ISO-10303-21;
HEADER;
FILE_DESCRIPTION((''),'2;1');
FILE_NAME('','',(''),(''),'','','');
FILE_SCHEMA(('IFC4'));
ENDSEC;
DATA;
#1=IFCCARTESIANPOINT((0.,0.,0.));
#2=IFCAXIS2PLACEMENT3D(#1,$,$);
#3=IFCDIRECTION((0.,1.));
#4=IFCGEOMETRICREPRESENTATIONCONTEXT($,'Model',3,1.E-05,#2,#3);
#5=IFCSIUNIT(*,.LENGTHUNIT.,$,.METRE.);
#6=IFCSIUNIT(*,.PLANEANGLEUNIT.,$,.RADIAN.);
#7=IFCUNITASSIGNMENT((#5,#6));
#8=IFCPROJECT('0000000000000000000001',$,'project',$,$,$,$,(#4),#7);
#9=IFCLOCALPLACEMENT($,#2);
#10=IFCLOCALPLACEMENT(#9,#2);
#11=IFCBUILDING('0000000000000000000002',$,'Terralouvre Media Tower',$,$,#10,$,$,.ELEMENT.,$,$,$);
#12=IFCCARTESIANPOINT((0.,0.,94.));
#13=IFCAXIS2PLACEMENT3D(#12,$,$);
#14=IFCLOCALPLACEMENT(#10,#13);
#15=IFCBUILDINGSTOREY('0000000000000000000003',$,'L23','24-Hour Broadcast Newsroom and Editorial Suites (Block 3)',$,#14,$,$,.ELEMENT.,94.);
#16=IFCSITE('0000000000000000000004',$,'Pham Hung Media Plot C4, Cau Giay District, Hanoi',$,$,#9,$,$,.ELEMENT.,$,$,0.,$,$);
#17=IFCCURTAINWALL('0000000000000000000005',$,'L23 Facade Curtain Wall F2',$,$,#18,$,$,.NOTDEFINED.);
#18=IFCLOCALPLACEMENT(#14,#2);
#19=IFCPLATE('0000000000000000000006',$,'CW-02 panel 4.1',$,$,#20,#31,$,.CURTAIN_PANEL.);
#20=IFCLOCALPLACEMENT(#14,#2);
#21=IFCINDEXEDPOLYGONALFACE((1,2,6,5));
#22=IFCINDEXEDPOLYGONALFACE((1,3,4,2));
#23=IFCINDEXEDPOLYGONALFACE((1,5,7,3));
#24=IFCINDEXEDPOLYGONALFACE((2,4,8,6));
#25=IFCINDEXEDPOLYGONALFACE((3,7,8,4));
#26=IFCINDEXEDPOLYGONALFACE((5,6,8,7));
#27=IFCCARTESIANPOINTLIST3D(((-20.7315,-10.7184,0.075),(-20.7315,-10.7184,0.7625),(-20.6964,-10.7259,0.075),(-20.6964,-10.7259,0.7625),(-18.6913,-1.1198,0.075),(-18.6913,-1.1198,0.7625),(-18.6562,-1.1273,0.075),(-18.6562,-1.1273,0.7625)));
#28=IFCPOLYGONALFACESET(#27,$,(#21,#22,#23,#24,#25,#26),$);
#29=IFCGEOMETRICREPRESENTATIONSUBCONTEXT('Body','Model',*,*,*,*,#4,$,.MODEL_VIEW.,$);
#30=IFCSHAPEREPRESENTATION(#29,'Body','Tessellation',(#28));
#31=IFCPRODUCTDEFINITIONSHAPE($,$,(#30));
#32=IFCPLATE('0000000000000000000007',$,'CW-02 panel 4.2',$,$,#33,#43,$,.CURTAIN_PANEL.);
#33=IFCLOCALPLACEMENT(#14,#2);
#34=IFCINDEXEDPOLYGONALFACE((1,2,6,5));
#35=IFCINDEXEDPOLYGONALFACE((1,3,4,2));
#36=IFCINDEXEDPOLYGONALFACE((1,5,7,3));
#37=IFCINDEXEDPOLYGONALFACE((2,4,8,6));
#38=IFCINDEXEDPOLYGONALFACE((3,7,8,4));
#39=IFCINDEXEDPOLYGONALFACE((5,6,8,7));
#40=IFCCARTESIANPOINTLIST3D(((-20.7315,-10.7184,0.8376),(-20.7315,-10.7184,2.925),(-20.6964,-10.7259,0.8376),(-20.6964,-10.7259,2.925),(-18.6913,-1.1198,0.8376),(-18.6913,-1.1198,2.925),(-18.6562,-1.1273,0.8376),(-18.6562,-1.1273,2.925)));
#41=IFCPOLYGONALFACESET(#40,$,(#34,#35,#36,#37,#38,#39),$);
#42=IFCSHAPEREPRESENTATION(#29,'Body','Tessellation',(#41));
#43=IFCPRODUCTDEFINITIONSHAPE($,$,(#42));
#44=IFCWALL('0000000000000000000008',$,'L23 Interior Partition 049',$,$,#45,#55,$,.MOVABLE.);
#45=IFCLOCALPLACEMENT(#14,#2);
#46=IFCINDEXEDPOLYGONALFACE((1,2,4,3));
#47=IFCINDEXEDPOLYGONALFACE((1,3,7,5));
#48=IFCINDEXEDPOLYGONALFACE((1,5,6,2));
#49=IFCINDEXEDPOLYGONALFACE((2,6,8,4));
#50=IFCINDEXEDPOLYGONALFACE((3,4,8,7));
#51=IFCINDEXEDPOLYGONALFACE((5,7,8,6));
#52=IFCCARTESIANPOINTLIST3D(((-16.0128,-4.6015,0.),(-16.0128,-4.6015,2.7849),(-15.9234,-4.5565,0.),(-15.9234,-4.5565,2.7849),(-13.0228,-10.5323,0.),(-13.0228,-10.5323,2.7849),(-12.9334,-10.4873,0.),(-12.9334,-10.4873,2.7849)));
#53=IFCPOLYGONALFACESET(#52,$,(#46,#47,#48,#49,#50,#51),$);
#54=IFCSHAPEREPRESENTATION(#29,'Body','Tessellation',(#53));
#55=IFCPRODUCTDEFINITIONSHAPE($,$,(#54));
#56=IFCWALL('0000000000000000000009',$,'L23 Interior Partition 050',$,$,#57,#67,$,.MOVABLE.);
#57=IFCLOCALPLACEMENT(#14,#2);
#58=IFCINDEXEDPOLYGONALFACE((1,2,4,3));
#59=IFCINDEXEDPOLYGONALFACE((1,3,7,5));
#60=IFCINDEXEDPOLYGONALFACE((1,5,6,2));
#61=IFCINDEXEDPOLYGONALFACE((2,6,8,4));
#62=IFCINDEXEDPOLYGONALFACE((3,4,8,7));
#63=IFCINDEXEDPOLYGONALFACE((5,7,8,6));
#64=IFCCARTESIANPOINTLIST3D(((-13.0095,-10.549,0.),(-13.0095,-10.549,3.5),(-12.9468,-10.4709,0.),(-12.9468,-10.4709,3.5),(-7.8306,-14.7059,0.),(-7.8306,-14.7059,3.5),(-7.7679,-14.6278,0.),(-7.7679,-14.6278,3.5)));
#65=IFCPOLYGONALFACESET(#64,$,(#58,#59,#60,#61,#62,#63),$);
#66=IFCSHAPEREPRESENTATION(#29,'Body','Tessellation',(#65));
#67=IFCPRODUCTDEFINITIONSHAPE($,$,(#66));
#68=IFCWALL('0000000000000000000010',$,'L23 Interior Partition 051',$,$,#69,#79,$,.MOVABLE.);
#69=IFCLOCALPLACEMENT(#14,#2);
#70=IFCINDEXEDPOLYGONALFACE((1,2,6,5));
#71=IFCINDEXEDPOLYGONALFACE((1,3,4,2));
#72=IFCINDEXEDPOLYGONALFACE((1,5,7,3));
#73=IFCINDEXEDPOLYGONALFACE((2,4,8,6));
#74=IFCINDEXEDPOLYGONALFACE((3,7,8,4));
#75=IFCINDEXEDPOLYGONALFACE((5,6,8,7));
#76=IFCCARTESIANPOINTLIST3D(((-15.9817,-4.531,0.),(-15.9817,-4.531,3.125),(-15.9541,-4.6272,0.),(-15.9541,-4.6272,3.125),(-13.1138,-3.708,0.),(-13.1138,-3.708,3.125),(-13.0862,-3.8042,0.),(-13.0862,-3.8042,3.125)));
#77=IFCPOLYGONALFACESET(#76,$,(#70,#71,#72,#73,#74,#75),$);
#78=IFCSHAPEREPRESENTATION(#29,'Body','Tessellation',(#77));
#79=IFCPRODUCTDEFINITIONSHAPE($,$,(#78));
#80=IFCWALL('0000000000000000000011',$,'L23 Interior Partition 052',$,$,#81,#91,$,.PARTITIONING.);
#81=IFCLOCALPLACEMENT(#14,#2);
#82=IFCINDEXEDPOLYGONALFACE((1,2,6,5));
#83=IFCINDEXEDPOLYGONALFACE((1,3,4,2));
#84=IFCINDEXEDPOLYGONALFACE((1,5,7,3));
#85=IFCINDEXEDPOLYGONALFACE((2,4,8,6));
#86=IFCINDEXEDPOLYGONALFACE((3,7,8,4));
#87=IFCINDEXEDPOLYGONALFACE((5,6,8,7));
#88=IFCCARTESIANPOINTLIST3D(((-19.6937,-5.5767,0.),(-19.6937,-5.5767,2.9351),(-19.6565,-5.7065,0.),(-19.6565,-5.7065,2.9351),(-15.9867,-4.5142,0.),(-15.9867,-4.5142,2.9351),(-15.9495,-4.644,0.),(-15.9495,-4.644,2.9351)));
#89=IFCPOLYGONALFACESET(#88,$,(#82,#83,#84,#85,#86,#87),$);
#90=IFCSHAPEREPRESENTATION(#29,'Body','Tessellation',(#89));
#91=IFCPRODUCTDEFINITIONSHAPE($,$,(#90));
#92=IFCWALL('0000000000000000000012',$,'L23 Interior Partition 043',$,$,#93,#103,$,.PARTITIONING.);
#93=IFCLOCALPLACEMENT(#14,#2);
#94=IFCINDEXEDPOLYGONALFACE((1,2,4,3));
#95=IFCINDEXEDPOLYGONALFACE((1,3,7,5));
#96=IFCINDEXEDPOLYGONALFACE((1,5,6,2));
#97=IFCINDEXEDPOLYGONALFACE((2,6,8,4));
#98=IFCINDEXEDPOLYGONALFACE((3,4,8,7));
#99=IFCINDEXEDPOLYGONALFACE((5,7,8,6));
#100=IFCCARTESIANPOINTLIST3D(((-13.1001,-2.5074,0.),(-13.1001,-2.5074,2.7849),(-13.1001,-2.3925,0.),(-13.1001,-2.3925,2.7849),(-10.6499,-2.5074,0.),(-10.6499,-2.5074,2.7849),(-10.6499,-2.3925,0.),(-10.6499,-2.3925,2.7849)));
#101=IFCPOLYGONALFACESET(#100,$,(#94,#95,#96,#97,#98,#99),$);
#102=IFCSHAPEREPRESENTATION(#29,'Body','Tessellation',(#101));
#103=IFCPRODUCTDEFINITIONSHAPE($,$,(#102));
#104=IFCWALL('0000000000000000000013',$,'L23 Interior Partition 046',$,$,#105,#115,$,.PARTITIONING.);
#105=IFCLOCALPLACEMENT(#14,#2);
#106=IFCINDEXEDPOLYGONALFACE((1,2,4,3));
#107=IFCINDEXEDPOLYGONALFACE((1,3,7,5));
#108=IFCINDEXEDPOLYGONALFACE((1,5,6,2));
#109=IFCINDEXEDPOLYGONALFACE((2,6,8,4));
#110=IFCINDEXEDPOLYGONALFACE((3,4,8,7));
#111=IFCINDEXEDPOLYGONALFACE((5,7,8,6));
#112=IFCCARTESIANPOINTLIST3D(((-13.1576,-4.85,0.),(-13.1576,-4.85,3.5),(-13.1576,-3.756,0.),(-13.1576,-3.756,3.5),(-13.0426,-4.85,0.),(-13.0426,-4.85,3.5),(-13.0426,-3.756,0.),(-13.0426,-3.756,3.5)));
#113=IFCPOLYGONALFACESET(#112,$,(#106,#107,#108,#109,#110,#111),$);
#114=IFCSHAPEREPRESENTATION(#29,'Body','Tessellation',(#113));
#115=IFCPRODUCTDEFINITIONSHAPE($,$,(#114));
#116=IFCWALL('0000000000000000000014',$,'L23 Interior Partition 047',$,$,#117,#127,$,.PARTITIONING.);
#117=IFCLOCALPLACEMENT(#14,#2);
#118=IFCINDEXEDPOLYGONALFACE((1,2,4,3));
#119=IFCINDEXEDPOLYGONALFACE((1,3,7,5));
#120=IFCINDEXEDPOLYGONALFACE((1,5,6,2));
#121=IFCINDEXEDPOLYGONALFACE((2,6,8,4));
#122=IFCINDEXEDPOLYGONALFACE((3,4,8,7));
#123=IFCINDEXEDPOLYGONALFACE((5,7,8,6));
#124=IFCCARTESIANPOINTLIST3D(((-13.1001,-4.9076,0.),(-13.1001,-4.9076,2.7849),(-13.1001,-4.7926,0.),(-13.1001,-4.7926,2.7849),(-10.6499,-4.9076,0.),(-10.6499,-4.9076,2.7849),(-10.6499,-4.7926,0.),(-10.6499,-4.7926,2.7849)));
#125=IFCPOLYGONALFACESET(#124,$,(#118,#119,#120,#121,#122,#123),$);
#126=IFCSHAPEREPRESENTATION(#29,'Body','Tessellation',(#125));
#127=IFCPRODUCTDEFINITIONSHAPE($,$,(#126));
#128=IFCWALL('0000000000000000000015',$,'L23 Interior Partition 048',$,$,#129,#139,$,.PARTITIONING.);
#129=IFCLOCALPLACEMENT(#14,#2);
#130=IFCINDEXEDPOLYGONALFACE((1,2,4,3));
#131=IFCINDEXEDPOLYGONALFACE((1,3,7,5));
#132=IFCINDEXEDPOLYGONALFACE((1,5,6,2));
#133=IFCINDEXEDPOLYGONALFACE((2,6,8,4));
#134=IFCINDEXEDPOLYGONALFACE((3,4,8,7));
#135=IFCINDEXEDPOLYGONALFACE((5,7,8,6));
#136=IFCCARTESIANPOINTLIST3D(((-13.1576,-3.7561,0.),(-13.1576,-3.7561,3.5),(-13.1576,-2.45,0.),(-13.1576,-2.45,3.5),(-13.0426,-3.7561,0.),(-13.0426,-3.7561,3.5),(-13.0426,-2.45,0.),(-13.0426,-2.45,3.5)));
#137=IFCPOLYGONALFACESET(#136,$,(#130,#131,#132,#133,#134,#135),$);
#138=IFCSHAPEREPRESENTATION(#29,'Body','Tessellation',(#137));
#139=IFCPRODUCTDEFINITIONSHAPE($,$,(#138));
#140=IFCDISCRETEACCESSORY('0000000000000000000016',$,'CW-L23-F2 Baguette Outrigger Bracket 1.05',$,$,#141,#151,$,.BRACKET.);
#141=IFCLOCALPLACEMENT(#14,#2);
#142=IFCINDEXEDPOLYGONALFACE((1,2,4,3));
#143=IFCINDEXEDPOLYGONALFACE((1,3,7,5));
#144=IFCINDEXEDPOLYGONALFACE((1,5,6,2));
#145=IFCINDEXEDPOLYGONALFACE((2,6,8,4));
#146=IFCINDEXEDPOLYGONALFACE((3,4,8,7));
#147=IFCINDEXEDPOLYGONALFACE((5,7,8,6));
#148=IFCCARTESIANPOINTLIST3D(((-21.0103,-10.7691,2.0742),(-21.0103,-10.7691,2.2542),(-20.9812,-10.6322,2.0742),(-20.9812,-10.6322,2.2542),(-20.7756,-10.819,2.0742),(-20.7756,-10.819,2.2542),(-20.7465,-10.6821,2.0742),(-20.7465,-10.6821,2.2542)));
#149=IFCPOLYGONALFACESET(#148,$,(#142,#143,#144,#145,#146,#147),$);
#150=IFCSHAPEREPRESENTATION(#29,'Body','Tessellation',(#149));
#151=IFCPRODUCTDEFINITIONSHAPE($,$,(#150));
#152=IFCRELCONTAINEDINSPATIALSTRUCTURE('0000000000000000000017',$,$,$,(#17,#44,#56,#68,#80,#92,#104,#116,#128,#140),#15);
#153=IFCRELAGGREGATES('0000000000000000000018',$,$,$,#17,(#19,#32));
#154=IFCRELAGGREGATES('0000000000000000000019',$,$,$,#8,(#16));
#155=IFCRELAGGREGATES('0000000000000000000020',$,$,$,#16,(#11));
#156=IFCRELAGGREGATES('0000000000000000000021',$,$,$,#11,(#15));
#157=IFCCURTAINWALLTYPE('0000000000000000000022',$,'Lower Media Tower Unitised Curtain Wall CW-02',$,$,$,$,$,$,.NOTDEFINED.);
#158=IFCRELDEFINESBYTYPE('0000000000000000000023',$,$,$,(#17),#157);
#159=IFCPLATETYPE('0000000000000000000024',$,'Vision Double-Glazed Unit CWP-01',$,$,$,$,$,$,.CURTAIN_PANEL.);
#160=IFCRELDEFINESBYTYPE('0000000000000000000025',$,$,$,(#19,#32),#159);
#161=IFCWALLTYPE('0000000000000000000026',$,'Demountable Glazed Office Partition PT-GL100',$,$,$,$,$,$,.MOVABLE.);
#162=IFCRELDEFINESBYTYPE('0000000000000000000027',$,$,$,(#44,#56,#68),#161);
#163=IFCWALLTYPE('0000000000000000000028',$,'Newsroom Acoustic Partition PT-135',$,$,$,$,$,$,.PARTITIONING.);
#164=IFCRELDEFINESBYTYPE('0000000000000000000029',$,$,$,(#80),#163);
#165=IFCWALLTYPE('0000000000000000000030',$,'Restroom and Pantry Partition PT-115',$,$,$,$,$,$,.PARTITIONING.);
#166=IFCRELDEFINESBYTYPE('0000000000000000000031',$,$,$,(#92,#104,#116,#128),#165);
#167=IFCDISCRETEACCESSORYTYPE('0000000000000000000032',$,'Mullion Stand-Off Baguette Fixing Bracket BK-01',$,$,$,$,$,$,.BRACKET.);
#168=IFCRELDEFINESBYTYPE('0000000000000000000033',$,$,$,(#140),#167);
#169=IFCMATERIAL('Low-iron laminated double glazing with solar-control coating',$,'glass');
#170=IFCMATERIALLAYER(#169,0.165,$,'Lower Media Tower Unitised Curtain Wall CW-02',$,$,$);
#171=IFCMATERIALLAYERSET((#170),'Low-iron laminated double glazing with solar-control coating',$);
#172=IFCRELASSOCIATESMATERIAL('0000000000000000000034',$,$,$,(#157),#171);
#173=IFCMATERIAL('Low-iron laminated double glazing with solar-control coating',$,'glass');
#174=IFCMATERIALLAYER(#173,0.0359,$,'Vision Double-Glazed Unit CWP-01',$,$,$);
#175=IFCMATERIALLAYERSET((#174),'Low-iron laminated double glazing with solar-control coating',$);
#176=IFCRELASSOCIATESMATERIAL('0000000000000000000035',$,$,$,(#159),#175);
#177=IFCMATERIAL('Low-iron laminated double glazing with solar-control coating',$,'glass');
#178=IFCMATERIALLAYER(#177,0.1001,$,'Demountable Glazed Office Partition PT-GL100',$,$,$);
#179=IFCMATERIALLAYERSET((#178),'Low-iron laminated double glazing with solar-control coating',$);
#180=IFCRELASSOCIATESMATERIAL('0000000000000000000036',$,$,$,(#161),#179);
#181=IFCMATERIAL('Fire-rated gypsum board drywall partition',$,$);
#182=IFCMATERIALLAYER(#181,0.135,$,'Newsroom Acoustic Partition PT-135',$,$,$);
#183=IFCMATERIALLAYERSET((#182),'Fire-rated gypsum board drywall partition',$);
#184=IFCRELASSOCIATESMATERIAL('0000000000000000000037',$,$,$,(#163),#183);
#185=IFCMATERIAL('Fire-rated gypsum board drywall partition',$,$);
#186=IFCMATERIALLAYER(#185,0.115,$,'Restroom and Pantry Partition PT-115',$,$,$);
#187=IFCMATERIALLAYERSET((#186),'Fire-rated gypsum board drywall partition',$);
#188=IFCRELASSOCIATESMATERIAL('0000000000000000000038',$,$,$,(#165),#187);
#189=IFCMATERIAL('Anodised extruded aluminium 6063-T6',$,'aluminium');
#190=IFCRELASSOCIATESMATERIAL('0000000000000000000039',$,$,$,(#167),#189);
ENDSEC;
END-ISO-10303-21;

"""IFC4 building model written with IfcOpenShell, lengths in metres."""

from ifc_helpers import new_model, si_unit, direction, frame, frame_2d, origin, origin_2d, place, context, subcontext, project, spatial, rectangle, extrude, material, layer, layer_set, type_object, element, aggregate, save


model = new_model("IFC4")

# Units and contexts
model_context = context("Model", 3, precision=1e-05, world=origin(), true_north=direction((0.0, 1.0)))
body_context = subcontext(model_context, "Body", "Model", "MODEL_VIEW")
ifc_project = project(units=[si_unit("LENGTHUNIT", "METRE"), si_unit("PLANEANGLEUNIT", "RADIAN")], contexts=[model_context])

# Site, building, storey
site_placement = place(None, origin())
site = spatial("IfcSite", under=ifc_project, at=site_placement, Name="Pham Hung Media Plot C4, Cau Giay District, Hanoi", CompositionType="ELEMENT", RefElevation=0.0)
building_placement = place(site_placement, origin())
building = spatial("IfcBuilding", under=site, at=building_placement, Name="Terralouvre Media Tower", CompositionType="ELEMENT")
storey_placement = place(building_placement, frame((0.0, 0.0, 94.0)))
storey = spatial("IfcBuildingStorey", under=building, at=storey_placement, Name="L23", Description="24-Hour Broadcast Newsroom and Editorial Suites (Block 3)", CompositionType="ELEMENT", Elevation=94.0)

# Curtain wall
ifc_material_1 = material(Name="Low-iron laminated double glazing with solar-control coating", Category="glass")
ifc_layer_1 = layer(ifc_material_1, 0.165, Name="Lower Media Tower Unitised Curtain Wall CW-02")
ifc_layer_set_1 = layer_set([ifc_layer_1], Name="Low-iron laminated double glazing with solar-control coating")
curtain_wall_type = type_object("IfcCurtainWallType", Name="Lower Media Tower Unitised Curtain Wall CW-02", PredefinedType="NOTDEFINED", material=ifc_layer_set_1)
curtain_wall_placement = place(storey_placement, origin())
curtain_wall = element("IfcCurtainWall", 1, at=curtain_wall_placement, inside=storey, type_object=curtain_wall_type, Name="L23 Facade Curtain Wall F2", PredefinedType="NOTDEFINED")

# Plates
ifc_material_2 = material(Name="Low-iron laminated double glazing with solar-control coating", Category="glass")
ifc_layer_2 = layer(ifc_material_2, 0.0359, Name="Vision Double-Glazed Unit CWP-01")
ifc_layer_set_2 = layer_set([ifc_layer_2], Name="Low-iron laminated double glazing with solar-control coating")
plate_type = type_object("IfcPlateType", Name="Vision Double-Glazed Unit CWP-01", PredefinedType="CURTAIN_PANEL", material=ifc_layer_set_2)
plate_1_placement = place(storey_placement, frame((-19.6938, -5.9229, 0.075), z_axis=(0.0, 0.0, 1.0), x_axis=(-0.207912, -0.978148, 0.0)))
plate_1 = element("IfcPlate", 2, at=plate_1_placement, type_object=plate_type, Name="CW-02 panel 4.1", PredefinedType="CURTAIN_PANEL", context=body_context, shape_type="SweptSolid", body=[
    extrude(rectangle(XDim=9.813, YDim=0.0359, at=origin_2d()), origin(), (0.0, 0.0, 1.0), 0.6875),
])
plate_2_placement = place(storey_placement, frame((-19.6938, -5.9229, 0.8376), z_axis=(0.0, 0.0, 1.0), x_axis=(-0.207912, -0.978148, 0.0)))
plate_2 = element("IfcPlate", 3, at=plate_2_placement, type_object=plate_type, Name="CW-02 panel 4.2", PredefinedType="CURTAIN_PANEL", context=body_context, shape_type="SweptSolid", body=[
    extrude(rectangle(XDim=9.813, YDim=0.0359, at=origin_2d()), origin(), (0.0, 0.0, 1.0), 2.0874),
])
aggregate(curtain_wall, [plate_1, plate_2])

# Walls
ifc_material_3 = material(Name="Low-iron laminated double glazing with solar-control coating", Category="glass")
ifc_layer_3 = layer(ifc_material_3, 0.1001, Name="Demountable Glazed Office Partition PT-GL100")
ifc_layer_set_3 = layer_set([ifc_layer_3], Name="Low-iron laminated double glazing with solar-control coating")
wall_type_1 = type_object("IfcWallType", Name="Demountable Glazed Office Partition PT-GL100", PredefinedType="MOVABLE", material=ifc_layer_set_3)
wall_1_placement = place(storey_placement, frame((-15.968, -4.5791, 0.0), z_axis=(0.0, 0.0, 1.0), x_axis=(0.450166, -0.892945, 0.0)))
element("IfcWall", 4, at=wall_1_placement, inside=storey, type_object=wall_type_1, Name="L23 Interior Partition 049", PredefinedType="MOVABLE", context=body_context, shape_type="SweptSolid", body=[
    extrude(rectangle(XDim=6.6418, YDim=0.1001, at=frame_2d((3.3208, 0.0))), origin(), (0.0, 0.0, 1.0), 2.7849),
])
wall_2_placement = place(storey_placement, frame((-12.978, -10.51, 0.0), z_axis=(0.0, 0.0, 1.0), x_axis=(0.779853, -0.625963, 0.0)))
element("IfcWall", 5, at=wall_2_placement, inside=storey, type_object=wall_type_1, Name="L23 Interior Partition 050", PredefinedType="MOVABLE", context=body_context, shape_type="SweptSolid", body=[
    extrude(rectangle(XDim=6.6409, YDim=0.1001, at=frame_2d((3.3203, 0.0))), origin(), (0.0, 0.0, 1.0), 3.5),
])
wall_3_placement = place(storey_placement, frame((-13.1001, -3.7561, 0.0), z_axis=(0.0, 0.0, 1.0), x_axis=(-0.961205, -0.275834, 0.0)))
element("IfcWall", 6, at=wall_3_placement, inside=storey, type_object=wall_type_1, Name="L23 Interior Partition 051", PredefinedType="MOVABLE", context=body_context, shape_type="SweptSolid", body=[
    extrude(rectangle(XDim=2.9836, YDim=0.1001, at=frame_2d((1.4917, 0.0))), origin(), (0.0, 0.0, 1.0), 3.125),
])
ifc_material_4 = material(Name="Fire-rated gypsum board drywall partition")
ifc_layer_4 = layer(ifc_material_4, 0.135, Name="Newsroom Acoustic Partition PT-135")
ifc_layer_set_4 = layer_set([ifc_layer_4], Name="Fire-rated gypsum board drywall partition")
wall_type_2 = type_object("IfcWallType", Name="Newsroom Acoustic Partition PT-135", PredefinedType="PARTITIONING", material=ifc_layer_set_4)
wall_4_placement = place(storey_placement, frame((-15.968, -4.5791, 0.0), z_axis=(0.0, 0.0, 1.0), x_axis=(-0.961294, -0.275524, 0.0)))
element("IfcWall", 7, at=wall_4_placement, inside=storey, type_object=wall_type_2, Name="L23 Interior Partition 052", PredefinedType="PARTITIONING", context=body_context, shape_type="SweptSolid", body=[
    extrude(rectangle(XDim=3.8562, YDim=0.135, at=frame_2d((1.9282, 0.0))), origin(), (0.0, 0.0, 1.0), 2.9351),
])
ifc_material_5 = material(Name="Fire-rated gypsum board drywall partition")
ifc_layer_5 = layer(ifc_material_5, 0.115, Name="Restroom and Pantry Partition PT-115")
ifc_layer_set_5 = layer_set([ifc_layer_5], Name="Fire-rated gypsum board drywall partition")
wall_type_3 = type_object("IfcWallType", Name="Restroom and Pantry Partition PT-115", PredefinedType="PARTITIONING", material=ifc_layer_set_5)
wall_5_placement = place(storey_placement, frame((-13.1001, -2.45, 0.0), z_axis=(0.0, 0.0, 1.0), x_axis=(1.0, 0.0, 0.0)))
element("IfcWall", 8, at=wall_5_placement, inside=storey, type_object=wall_type_3, Name="L23 Interior Partition 043", PredefinedType="PARTITIONING", context=body_context, shape_type="SweptSolid", body=[
    extrude(rectangle(XDim=2.4502, YDim=0.115, at=frame_2d((1.2251, 0.0))), origin(), (0.0, 0.0, 1.0), 2.7849),
])
wall_6_placement = place(storey_placement, frame((-13.1001, -3.7561, 0.0), z_axis=(0.0, 0.0, 1.0), x_axis=(0.0, -1.0, 0.0)))
element("IfcWall", 9, at=wall_6_placement, inside=storey, type_object=wall_type_3, Name="L23 Interior Partition 046", PredefinedType="PARTITIONING", context=body_context, shape_type="SweptSolid", body=[
    extrude(rectangle(XDim=1.094, YDim=0.115, at=frame_2d((0.5469, 0.0))), origin(), (0.0, 0.0, 1.0), 3.5),
])
wall_7_placement = place(storey_placement, frame((-13.1001, -4.8501, 0.0), z_axis=(0.0, 0.0, 1.0), x_axis=(1.0, 0.0, 0.0)))
element("IfcWall", 10, at=wall_7_placement, inside=storey, type_object=wall_type_3, Name="L23 Interior Partition 047", PredefinedType="PARTITIONING", context=body_context, shape_type="SweptSolid", body=[
    extrude(rectangle(XDim=2.4502, YDim=0.115, at=frame_2d((1.2251, 0.0))), origin(), (0.0, 0.0, 1.0), 2.7849),
])
wall_8_placement = place(storey_placement, frame((-13.1001, -2.45, 0.0), z_axis=(0.0, 0.0, 1.0), x_axis=(0.0, -1.0, 0.0)))
element("IfcWall", 11, at=wall_8_placement, inside=storey, type_object=wall_type_3, Name="L23 Interior Partition 048", PredefinedType="PARTITIONING", context=body_context, shape_type="SweptSolid", body=[
    extrude(rectangle(XDim=1.3062, YDim=0.115, at=frame_2d((0.6531, 0.0))), origin(), (0.0, 0.0, 1.0), 3.5),
])

# Discrete accessory
ifc_material_6 = material(Name="Anodised extruded aluminium 6063-T6", Category="aluminium")
discrete_accessory_type = type_object("IfcDiscreteAccessoryType", Name="Mullion Stand-Off Baguette Fixing Bracket BK-01", PredefinedType="BRACKET", material=ifc_material_6)
discrete_accessory_placement = place(storey_placement, frame((-20.8784, -10.7256, 2.0742), z_axis=(0.0, 0.0, 1.0), x_axis=(-0.207912, -0.978148, 0.0)))
element("IfcDiscreteAccessory", 12, at=discrete_accessory_placement, inside=storey, type_object=discrete_accessory_type, Name="CW-L23-F2 Baguette Outrigger Bracket 1.05", PredefinedType="BRACKET", context=body_context, shape_type="SweptSolid", body=[
    extrude(rectangle(XDim=0.1399, YDim=0.24, at=origin_2d()), origin(), (0.0, 0.0, 1.0), 0.1799),
])

save(model, "model.ifc")
